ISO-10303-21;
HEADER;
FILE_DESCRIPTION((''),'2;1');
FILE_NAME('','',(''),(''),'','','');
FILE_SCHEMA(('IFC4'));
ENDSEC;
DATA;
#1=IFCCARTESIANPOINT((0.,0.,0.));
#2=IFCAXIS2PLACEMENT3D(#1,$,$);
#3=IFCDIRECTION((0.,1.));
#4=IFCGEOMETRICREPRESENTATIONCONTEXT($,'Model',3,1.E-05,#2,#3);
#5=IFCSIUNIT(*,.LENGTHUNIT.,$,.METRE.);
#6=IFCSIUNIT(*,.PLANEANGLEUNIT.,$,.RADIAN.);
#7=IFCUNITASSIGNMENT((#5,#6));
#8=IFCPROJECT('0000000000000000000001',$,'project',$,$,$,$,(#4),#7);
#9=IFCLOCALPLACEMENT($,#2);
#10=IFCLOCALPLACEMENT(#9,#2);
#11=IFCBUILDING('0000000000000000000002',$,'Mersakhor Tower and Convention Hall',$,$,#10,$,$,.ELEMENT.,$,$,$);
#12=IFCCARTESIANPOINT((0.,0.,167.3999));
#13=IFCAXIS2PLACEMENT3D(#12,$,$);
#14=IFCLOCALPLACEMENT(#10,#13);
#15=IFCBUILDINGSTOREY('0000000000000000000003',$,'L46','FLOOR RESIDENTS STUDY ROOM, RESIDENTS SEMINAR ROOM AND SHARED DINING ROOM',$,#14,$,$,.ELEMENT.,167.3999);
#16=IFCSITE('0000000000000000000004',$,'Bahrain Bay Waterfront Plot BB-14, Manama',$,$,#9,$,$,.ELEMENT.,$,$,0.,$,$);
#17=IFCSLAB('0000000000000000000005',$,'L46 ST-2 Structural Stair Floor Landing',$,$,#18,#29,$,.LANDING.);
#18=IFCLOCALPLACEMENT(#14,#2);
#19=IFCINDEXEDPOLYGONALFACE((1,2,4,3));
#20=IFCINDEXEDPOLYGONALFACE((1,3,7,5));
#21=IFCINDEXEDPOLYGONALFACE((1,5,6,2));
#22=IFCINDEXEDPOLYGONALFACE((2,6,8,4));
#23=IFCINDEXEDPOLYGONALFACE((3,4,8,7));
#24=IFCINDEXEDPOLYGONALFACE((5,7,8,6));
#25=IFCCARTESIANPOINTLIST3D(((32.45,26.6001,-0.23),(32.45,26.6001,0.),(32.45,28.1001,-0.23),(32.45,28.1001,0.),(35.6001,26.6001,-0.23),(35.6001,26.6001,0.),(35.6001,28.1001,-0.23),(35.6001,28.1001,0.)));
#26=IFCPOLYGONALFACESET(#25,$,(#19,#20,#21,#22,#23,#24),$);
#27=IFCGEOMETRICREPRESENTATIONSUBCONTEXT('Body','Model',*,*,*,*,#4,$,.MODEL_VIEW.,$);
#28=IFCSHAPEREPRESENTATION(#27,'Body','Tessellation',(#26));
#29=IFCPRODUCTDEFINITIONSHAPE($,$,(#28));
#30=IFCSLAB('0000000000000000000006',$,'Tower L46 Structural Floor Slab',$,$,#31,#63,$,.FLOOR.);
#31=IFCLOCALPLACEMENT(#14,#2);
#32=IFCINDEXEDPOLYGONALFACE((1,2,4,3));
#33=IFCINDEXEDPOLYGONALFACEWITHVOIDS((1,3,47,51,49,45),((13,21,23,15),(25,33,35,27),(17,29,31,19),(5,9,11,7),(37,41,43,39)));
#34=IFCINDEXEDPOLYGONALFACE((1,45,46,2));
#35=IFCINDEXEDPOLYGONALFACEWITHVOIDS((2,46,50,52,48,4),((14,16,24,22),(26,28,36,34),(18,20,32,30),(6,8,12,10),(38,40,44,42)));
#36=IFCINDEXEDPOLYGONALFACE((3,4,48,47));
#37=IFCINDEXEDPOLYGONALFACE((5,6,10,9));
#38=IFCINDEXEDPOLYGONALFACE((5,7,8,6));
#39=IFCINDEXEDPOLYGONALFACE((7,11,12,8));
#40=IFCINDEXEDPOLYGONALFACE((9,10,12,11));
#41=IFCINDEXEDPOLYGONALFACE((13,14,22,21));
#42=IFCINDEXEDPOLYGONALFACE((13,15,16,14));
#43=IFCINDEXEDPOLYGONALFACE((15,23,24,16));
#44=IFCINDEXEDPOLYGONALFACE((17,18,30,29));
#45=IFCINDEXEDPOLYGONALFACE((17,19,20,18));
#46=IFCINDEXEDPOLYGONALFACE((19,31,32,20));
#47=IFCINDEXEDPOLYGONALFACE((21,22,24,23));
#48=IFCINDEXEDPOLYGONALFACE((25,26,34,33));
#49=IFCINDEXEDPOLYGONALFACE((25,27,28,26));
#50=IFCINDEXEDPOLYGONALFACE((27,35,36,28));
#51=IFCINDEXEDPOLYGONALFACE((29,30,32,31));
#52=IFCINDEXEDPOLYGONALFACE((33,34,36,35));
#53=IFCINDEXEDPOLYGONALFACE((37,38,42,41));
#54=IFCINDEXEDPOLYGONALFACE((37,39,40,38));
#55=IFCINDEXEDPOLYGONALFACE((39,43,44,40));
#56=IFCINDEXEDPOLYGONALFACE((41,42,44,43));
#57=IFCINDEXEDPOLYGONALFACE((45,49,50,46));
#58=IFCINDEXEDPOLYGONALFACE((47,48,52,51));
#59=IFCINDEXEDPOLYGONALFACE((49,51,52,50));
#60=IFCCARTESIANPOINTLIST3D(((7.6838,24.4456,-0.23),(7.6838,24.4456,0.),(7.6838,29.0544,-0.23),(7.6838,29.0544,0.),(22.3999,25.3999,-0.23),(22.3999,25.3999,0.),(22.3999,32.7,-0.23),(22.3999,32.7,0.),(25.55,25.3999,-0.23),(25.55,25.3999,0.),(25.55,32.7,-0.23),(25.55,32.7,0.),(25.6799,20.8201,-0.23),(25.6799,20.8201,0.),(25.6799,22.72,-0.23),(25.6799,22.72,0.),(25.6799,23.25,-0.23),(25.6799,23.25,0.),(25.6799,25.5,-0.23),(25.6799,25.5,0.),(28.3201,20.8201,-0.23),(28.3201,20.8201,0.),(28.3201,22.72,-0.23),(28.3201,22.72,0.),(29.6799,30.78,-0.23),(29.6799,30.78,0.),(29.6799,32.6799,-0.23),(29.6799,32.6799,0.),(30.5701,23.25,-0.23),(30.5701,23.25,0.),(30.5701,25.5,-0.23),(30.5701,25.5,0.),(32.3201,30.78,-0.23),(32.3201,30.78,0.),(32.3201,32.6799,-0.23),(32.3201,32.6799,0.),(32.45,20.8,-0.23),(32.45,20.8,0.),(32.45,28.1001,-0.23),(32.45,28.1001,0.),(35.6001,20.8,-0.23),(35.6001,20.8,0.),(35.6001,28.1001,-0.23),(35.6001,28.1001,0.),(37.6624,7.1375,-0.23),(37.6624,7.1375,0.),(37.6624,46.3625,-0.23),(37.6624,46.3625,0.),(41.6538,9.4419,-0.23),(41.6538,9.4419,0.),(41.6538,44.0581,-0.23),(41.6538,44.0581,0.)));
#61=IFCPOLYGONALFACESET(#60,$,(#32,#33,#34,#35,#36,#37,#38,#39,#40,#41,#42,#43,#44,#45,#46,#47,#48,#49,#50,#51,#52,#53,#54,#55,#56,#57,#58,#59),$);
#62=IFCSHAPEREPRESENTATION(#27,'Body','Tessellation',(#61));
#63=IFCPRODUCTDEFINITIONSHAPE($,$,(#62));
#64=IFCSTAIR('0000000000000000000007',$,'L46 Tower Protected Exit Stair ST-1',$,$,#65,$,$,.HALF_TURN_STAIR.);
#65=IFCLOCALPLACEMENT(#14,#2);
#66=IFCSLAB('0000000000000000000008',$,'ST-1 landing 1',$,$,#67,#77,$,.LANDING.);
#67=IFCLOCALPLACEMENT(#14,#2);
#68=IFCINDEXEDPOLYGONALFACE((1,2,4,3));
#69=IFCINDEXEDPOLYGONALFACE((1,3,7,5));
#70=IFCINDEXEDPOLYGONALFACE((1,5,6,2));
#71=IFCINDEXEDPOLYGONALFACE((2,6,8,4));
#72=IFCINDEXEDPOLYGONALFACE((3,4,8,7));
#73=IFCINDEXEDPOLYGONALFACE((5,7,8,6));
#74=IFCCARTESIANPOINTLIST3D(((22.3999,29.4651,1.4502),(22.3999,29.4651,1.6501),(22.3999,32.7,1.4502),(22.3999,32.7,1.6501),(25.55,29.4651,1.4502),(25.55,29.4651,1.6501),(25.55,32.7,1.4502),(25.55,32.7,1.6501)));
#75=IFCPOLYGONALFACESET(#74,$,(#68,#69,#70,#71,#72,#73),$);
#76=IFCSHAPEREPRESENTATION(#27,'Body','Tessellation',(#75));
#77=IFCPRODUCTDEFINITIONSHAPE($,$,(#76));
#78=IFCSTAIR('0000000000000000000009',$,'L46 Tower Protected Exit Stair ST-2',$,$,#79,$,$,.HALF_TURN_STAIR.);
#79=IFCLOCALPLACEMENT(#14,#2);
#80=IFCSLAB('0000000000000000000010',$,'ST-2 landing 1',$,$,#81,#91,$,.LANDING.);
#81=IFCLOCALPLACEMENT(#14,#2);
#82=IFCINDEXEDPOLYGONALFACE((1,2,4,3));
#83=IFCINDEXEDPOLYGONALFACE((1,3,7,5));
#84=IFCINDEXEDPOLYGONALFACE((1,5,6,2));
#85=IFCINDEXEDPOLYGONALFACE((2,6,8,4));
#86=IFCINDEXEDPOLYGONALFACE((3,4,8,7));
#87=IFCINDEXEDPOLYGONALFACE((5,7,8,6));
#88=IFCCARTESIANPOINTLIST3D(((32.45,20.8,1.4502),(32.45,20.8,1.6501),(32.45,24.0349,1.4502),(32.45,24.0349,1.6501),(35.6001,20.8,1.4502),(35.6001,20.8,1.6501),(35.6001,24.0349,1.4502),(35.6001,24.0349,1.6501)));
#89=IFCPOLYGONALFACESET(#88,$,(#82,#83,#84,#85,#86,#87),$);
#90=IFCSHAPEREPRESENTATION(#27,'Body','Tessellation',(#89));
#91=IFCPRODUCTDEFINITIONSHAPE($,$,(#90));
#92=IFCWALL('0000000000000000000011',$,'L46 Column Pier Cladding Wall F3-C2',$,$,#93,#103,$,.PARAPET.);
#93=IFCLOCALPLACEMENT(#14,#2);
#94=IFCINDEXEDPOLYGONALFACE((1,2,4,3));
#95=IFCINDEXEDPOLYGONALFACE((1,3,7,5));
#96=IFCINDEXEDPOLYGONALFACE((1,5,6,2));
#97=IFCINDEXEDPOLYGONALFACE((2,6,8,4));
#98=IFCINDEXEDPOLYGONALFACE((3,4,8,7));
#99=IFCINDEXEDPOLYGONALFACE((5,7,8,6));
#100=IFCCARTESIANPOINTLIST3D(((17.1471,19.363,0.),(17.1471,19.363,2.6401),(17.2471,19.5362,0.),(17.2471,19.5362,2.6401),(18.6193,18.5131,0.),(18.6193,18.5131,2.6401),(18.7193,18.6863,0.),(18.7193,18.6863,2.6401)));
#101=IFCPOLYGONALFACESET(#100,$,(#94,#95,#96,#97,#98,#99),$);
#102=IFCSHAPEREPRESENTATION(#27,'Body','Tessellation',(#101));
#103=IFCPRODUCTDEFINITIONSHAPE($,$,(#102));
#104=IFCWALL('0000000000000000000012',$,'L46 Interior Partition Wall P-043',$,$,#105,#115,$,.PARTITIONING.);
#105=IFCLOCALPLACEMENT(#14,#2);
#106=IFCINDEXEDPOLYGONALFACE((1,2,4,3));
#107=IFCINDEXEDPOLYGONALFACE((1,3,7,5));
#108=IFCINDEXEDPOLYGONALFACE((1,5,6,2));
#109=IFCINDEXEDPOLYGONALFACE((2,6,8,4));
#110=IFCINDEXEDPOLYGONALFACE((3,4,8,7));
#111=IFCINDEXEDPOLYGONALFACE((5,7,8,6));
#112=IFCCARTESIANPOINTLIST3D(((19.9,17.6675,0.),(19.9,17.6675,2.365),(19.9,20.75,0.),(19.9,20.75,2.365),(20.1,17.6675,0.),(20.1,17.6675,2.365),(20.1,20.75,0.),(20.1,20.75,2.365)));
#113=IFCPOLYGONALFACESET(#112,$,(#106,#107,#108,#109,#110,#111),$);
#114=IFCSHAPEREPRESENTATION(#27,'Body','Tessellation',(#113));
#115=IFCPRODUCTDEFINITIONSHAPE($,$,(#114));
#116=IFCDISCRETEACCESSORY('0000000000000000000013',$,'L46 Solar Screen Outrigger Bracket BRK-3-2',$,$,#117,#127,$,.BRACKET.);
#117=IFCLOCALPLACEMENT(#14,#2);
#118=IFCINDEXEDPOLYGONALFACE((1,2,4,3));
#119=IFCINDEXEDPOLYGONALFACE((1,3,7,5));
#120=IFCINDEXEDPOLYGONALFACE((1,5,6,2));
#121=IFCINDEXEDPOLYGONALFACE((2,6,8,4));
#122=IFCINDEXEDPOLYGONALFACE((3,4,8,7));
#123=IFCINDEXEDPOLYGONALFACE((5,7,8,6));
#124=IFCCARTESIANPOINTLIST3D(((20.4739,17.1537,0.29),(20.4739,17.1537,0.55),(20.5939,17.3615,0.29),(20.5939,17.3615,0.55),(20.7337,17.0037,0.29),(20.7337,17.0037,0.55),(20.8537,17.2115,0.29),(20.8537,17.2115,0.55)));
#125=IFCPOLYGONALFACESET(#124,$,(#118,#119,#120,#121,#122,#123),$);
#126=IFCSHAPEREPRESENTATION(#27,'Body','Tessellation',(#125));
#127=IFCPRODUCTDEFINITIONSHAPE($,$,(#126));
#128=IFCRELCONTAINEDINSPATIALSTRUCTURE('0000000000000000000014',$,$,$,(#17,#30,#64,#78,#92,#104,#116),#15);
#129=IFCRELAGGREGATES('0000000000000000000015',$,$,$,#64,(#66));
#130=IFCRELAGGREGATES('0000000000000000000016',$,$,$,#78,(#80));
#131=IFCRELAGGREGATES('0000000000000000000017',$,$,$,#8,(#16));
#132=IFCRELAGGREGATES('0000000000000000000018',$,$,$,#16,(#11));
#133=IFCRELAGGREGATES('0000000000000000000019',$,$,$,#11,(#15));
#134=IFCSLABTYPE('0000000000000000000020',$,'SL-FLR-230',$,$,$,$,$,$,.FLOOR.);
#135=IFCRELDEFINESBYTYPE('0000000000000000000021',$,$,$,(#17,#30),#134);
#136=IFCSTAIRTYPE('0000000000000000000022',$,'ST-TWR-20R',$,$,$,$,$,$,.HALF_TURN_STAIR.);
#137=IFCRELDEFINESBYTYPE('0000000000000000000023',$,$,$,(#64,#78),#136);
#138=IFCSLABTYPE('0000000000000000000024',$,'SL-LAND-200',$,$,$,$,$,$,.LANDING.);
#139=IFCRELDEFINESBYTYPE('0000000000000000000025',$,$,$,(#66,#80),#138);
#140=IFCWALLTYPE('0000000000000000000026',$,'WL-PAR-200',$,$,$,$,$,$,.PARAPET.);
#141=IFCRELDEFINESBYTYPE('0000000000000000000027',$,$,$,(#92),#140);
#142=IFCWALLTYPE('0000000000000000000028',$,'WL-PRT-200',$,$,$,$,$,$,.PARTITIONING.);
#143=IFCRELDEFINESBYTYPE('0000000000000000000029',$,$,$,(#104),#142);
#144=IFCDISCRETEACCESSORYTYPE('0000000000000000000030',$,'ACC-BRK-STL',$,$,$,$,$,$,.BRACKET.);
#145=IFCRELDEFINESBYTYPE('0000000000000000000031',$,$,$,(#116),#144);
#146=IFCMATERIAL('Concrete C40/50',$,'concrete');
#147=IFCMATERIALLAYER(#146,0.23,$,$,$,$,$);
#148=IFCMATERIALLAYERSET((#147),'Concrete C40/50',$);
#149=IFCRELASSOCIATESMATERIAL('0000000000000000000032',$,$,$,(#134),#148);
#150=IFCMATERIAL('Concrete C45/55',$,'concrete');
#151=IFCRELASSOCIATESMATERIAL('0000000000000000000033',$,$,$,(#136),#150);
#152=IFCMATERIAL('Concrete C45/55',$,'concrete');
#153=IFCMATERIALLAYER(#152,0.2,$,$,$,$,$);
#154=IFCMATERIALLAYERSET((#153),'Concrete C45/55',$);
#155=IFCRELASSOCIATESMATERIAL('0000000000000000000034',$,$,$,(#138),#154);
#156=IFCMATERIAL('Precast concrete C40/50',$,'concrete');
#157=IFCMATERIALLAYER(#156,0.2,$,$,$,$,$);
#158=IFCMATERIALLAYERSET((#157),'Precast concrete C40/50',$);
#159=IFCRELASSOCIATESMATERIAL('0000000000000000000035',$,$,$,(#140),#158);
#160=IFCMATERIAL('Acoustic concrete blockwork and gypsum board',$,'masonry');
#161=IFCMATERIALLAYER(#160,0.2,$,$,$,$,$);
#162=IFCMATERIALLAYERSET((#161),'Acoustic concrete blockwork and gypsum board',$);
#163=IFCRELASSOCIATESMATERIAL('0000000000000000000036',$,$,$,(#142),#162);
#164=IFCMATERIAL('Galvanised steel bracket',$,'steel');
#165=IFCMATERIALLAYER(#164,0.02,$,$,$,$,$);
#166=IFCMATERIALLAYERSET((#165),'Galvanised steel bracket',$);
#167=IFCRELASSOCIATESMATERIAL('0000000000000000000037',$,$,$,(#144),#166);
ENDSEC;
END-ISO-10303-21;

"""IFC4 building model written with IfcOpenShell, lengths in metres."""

from ifc_helpers import new_model, si_unit, direction, frame, frame_2d, origin, origin_2d, place, context, subcontext, project, spatial, polyline, rectangle, outline, extrude, material, layer, layer_set, type_object, element, aggregate, save


model = new_model("IFC4")

# Units and contexts
model_context = context("Model", 3, precision=1e-05, world=origin(), true_north=direction((0.0, 1.0)))
body_context = subcontext(model_context, "Body", "Model", "MODEL_VIEW")
ifc_project = project(units=[si_unit("LENGTHUNIT", "METRE"), si_unit("PLANEANGLEUNIT", "RADIAN")], contexts=[model_context])

# Site, building, storey
site_placement = place(None, origin())
site = spatial("IfcSite", under=ifc_project, at=site_placement, Name="Bahrain Bay Waterfront Plot BB-14, Manama", CompositionType="ELEMENT", RefElevation=0.0)
building_placement = place(site_placement, origin())
building = spatial("IfcBuilding", under=site, at=building_placement, Name="Mersakhor Tower and Convention Hall", CompositionType="ELEMENT")
storey_placement = place(building_placement, frame((0.0, 0.0, 167.3999)))
storey = spatial("IfcBuildingStorey", under=building, at=storey_placement, Name="L46", Description="FLOOR RESIDENTS STUDY ROOM, RESIDENTS SEMINAR ROOM AND SHARED DINING ROOM", CompositionType="ELEMENT", Elevation=167.3999)

# Slabs
ifc_material_1 = material(Name="Concrete C40/50", Category="concrete")
ifc_layer_1 = layer(ifc_material_1, 0.23)
ifc_layer_set_1 = layer_set([ifc_layer_1], Name="Concrete C40/50")
slab_type_1 = type_object("IfcSlabType", Name="SL-FLR-230", PredefinedType="FLOOR", material=ifc_layer_set_1)
slab_1_placement = place(storey_placement, frame((0.0, 0.0, -0.23)))
element("IfcSlab", 1, at=slab_1_placement, inside=storey, type_object=slab_type_1, Name="L46 ST-2 Structural Stair Floor Landing", PredefinedType="LANDING", context=body_context, shape_type="SweptSolid", body=[
    extrude(outline(polyline([(32.45, 28.1001), (32.45, 26.6001), (35.6001, 26.6001), (35.6001, 28.1001), (32.45, 28.1001)])), origin(), (0.0, 0.0, 1.0), 0.23),
])
slab_2_placement = place(storey_placement, frame((0.0, 0.0, -0.23)))
element("IfcSlab", 2, at=slab_2_placement, inside=storey, type_object=slab_type_1, Name="Tower L46 Structural Floor Slab", PredefinedType="FLOOR", context=body_context, shape_type="SweptSolid", body=[
    extrude(outline(polyline([(7.6838, 29.0544), (37.6624, 46.3625), (41.6538, 44.0581), (41.6538, 9.4419), (37.6624, 7.1375), (7.6838, 24.4456), (7.6838, 29.0544)]), holes=[polyline([(25.55, 25.3999), (25.55, 32.7), (22.3999, 32.7), (22.3999, 25.3999), (25.55, 25.3999)]), polyline([(32.45, 28.1001), (32.45, 20.8), (35.6001, 20.8), (35.6001, 28.1001), (32.45, 28.1001)]), polyline([(25.6799, 20.8201), (25.6799, 22.72), (28.3201, 22.72), (28.3201, 20.8201), (25.6799, 20.8201)]), polyline([(29.6799, 30.78), (29.6799, 32.6799), (32.3201, 32.6799), (32.3201, 30.78), (29.6799, 30.78)]), polyline([(25.6799, 23.25), (25.6799, 25.5), (30.5701, 25.5), (30.5701, 23.25), (25.6799, 23.25)])]), origin(), (0.0, 0.0, 1.0), 0.23),
])

# Stairs, slabs
ifc_material_2 = material(Name="Concrete C45/55", Category="concrete")
stair_type = type_object("IfcStairType", Name="ST-TWR-20R", PredefinedType="HALF_TURN_STAIR", material=ifc_material_2)
stair_1_placement = place(storey_placement, origin())
stair_1 = element("IfcStair", 3, at=stair_1_placement, inside=storey, type_object=stair_type, Name="L46 Tower Protected Exit Stair ST-1", PredefinedType="HALF_TURN_STAIR")
ifc_material_3 = material(Name="Concrete C45/55", Category="concrete")
ifc_layer_2 = layer(ifc_material_3, 0.2)
ifc_layer_set_2 = layer_set([ifc_layer_2], Name="Concrete C45/55")
slab_type_2 = type_object("IfcSlabType", Name="SL-LAND-200", PredefinedType="LANDING", material=ifc_layer_set_2)
slab_3_placement = place(storey_placement, frame((0.0, 0.0, 1.4502)))
slab_3 = element("IfcSlab", 4, at=slab_3_placement, type_object=slab_type_2, Name="ST-1 landing 1", PredefinedType="LANDING", context=body_context, shape_type="SweptSolid", body=[
    extrude(outline(polyline([(25.55, 29.4651), (25.55, 32.7), (22.3999, 32.7), (22.3999, 29.4651), (25.55, 29.4651)])), origin(), (0.0, 0.0, 1.0), 0.2),
])
aggregate(stair_1, [slab_3])
stair_2_placement = place(storey_placement, origin())
stair_2 = element("IfcStair", 5, at=stair_2_placement, inside=storey, type_object=stair_type, Name="L46 Tower Protected Exit Stair ST-2", PredefinedType="HALF_TURN_STAIR")
slab_4_placement = place(storey_placement, frame((0.0, 0.0, 1.4502)))
slab_4 = element("IfcSlab", 6, at=slab_4_placement, type_object=slab_type_2, Name="ST-2 landing 1", PredefinedType="LANDING", context=body_context, shape_type="SweptSolid", body=[
    extrude(outline(polyline([(32.45, 24.0349), (32.45, 20.8), (35.6001, 20.8), (35.6001, 24.0349), (32.45, 24.0349)])), origin(), (0.0, 0.0, 1.0), 0.2),
])
aggregate(stair_2, [slab_4])

# Walls
ifc_material_4 = material(Name="Precast concrete C40/50", Category="concrete")
ifc_layer_3 = layer(ifc_material_4, 0.2)
ifc_layer_set_3 = layer_set([ifc_layer_3], Name="Precast concrete C40/50")
wall_type_1 = type_object("IfcWallType", Name="WL-PAR-200", PredefinedType="PARAPET", material=ifc_layer_set_3)
wall_1_placement = place(storey_placement, frame((18.6694, 18.5996, 0.0), z_axis=(0.0, 0.0, 1.0), x_axis=(-0.866052, 0.499955, 0.0)))
element("IfcWall", 7, at=wall_1_placement, inside=storey, type_object=wall_type_1, Name="L46 Column Pier Cladding Wall F3-C2", PredefinedType="PARAPET", context=body_context, shape_type="SweptSolid", body=[
    extrude(rectangle(XDim=1.7, YDim=0.2, at=frame_2d((0.8501, 0.0))), origin(), (0.0, 0.0, 1.0), 2.6401),
])
ifc_material_5 = material(Name="Acoustic concrete blockwork and gypsum board", Category="masonry")
ifc_layer_4 = layer(ifc_material_5, 0.2)
ifc_layer_set_4 = layer_set([ifc_layer_4], Name="Acoustic concrete blockwork and gypsum board")
wall_type_2 = type_object("IfcWallType", Name="WL-PRT-200", PredefinedType="PARTITIONING", material=ifc_layer_set_4)
wall_2_placement = place(storey_placement, frame((20.0, 17.6675, 0.0), z_axis=(0.0, 0.0, 1.0), x_axis=(0.0, 1.0, 0.0)))
element("IfcWall", 8, at=wall_2_placement, inside=storey, type_object=wall_type_2, Name="L46 Interior Partition Wall P-043", PredefinedType="PARTITIONING", context=body_context, shape_type="SweptSolid", body=[
    extrude(rectangle(XDim=3.0825, YDim=0.2, at=frame_2d((1.5413, 0.0))), origin(), (0.0, 0.0, 1.0), 2.365),
])

# Discrete accessory
ifc_material_6 = material(Name="Galvanised steel bracket", Category="steel")
ifc_layer_5 = layer(ifc_material_6, 0.02)
ifc_layer_set_5 = layer_set([ifc_layer_5], Name="Galvanised steel bracket")
discrete_accessory_type = type_object("IfcDiscreteAccessoryType", Name="ACC-BRK-STL", PredefinedType="BRACKET", material=ifc_layer_set_5)
discrete_accessory_placement = place(storey_placement, frame((20.6638, 17.1826, 0.29), z_axis=(0.0, 0.0, 1.0), x_axis=(-0.866025, 0.5, 0.0)))
element("IfcDiscreteAccessory", 9, at=discrete_accessory_placement, inside=storey, type_object=discrete_accessory_type, Name="L46 Solar Screen Outrigger Bracket BRK-3-2", PredefinedType="BRACKET", context=body_context, shape_type="SweptSolid", body=[
    extrude(rectangle(XDim=0.3, YDim=0.24, at=origin_2d()), origin(), (0.0, 0.0, 1.0), 0.26),
])

save(model, "model.ifc")
